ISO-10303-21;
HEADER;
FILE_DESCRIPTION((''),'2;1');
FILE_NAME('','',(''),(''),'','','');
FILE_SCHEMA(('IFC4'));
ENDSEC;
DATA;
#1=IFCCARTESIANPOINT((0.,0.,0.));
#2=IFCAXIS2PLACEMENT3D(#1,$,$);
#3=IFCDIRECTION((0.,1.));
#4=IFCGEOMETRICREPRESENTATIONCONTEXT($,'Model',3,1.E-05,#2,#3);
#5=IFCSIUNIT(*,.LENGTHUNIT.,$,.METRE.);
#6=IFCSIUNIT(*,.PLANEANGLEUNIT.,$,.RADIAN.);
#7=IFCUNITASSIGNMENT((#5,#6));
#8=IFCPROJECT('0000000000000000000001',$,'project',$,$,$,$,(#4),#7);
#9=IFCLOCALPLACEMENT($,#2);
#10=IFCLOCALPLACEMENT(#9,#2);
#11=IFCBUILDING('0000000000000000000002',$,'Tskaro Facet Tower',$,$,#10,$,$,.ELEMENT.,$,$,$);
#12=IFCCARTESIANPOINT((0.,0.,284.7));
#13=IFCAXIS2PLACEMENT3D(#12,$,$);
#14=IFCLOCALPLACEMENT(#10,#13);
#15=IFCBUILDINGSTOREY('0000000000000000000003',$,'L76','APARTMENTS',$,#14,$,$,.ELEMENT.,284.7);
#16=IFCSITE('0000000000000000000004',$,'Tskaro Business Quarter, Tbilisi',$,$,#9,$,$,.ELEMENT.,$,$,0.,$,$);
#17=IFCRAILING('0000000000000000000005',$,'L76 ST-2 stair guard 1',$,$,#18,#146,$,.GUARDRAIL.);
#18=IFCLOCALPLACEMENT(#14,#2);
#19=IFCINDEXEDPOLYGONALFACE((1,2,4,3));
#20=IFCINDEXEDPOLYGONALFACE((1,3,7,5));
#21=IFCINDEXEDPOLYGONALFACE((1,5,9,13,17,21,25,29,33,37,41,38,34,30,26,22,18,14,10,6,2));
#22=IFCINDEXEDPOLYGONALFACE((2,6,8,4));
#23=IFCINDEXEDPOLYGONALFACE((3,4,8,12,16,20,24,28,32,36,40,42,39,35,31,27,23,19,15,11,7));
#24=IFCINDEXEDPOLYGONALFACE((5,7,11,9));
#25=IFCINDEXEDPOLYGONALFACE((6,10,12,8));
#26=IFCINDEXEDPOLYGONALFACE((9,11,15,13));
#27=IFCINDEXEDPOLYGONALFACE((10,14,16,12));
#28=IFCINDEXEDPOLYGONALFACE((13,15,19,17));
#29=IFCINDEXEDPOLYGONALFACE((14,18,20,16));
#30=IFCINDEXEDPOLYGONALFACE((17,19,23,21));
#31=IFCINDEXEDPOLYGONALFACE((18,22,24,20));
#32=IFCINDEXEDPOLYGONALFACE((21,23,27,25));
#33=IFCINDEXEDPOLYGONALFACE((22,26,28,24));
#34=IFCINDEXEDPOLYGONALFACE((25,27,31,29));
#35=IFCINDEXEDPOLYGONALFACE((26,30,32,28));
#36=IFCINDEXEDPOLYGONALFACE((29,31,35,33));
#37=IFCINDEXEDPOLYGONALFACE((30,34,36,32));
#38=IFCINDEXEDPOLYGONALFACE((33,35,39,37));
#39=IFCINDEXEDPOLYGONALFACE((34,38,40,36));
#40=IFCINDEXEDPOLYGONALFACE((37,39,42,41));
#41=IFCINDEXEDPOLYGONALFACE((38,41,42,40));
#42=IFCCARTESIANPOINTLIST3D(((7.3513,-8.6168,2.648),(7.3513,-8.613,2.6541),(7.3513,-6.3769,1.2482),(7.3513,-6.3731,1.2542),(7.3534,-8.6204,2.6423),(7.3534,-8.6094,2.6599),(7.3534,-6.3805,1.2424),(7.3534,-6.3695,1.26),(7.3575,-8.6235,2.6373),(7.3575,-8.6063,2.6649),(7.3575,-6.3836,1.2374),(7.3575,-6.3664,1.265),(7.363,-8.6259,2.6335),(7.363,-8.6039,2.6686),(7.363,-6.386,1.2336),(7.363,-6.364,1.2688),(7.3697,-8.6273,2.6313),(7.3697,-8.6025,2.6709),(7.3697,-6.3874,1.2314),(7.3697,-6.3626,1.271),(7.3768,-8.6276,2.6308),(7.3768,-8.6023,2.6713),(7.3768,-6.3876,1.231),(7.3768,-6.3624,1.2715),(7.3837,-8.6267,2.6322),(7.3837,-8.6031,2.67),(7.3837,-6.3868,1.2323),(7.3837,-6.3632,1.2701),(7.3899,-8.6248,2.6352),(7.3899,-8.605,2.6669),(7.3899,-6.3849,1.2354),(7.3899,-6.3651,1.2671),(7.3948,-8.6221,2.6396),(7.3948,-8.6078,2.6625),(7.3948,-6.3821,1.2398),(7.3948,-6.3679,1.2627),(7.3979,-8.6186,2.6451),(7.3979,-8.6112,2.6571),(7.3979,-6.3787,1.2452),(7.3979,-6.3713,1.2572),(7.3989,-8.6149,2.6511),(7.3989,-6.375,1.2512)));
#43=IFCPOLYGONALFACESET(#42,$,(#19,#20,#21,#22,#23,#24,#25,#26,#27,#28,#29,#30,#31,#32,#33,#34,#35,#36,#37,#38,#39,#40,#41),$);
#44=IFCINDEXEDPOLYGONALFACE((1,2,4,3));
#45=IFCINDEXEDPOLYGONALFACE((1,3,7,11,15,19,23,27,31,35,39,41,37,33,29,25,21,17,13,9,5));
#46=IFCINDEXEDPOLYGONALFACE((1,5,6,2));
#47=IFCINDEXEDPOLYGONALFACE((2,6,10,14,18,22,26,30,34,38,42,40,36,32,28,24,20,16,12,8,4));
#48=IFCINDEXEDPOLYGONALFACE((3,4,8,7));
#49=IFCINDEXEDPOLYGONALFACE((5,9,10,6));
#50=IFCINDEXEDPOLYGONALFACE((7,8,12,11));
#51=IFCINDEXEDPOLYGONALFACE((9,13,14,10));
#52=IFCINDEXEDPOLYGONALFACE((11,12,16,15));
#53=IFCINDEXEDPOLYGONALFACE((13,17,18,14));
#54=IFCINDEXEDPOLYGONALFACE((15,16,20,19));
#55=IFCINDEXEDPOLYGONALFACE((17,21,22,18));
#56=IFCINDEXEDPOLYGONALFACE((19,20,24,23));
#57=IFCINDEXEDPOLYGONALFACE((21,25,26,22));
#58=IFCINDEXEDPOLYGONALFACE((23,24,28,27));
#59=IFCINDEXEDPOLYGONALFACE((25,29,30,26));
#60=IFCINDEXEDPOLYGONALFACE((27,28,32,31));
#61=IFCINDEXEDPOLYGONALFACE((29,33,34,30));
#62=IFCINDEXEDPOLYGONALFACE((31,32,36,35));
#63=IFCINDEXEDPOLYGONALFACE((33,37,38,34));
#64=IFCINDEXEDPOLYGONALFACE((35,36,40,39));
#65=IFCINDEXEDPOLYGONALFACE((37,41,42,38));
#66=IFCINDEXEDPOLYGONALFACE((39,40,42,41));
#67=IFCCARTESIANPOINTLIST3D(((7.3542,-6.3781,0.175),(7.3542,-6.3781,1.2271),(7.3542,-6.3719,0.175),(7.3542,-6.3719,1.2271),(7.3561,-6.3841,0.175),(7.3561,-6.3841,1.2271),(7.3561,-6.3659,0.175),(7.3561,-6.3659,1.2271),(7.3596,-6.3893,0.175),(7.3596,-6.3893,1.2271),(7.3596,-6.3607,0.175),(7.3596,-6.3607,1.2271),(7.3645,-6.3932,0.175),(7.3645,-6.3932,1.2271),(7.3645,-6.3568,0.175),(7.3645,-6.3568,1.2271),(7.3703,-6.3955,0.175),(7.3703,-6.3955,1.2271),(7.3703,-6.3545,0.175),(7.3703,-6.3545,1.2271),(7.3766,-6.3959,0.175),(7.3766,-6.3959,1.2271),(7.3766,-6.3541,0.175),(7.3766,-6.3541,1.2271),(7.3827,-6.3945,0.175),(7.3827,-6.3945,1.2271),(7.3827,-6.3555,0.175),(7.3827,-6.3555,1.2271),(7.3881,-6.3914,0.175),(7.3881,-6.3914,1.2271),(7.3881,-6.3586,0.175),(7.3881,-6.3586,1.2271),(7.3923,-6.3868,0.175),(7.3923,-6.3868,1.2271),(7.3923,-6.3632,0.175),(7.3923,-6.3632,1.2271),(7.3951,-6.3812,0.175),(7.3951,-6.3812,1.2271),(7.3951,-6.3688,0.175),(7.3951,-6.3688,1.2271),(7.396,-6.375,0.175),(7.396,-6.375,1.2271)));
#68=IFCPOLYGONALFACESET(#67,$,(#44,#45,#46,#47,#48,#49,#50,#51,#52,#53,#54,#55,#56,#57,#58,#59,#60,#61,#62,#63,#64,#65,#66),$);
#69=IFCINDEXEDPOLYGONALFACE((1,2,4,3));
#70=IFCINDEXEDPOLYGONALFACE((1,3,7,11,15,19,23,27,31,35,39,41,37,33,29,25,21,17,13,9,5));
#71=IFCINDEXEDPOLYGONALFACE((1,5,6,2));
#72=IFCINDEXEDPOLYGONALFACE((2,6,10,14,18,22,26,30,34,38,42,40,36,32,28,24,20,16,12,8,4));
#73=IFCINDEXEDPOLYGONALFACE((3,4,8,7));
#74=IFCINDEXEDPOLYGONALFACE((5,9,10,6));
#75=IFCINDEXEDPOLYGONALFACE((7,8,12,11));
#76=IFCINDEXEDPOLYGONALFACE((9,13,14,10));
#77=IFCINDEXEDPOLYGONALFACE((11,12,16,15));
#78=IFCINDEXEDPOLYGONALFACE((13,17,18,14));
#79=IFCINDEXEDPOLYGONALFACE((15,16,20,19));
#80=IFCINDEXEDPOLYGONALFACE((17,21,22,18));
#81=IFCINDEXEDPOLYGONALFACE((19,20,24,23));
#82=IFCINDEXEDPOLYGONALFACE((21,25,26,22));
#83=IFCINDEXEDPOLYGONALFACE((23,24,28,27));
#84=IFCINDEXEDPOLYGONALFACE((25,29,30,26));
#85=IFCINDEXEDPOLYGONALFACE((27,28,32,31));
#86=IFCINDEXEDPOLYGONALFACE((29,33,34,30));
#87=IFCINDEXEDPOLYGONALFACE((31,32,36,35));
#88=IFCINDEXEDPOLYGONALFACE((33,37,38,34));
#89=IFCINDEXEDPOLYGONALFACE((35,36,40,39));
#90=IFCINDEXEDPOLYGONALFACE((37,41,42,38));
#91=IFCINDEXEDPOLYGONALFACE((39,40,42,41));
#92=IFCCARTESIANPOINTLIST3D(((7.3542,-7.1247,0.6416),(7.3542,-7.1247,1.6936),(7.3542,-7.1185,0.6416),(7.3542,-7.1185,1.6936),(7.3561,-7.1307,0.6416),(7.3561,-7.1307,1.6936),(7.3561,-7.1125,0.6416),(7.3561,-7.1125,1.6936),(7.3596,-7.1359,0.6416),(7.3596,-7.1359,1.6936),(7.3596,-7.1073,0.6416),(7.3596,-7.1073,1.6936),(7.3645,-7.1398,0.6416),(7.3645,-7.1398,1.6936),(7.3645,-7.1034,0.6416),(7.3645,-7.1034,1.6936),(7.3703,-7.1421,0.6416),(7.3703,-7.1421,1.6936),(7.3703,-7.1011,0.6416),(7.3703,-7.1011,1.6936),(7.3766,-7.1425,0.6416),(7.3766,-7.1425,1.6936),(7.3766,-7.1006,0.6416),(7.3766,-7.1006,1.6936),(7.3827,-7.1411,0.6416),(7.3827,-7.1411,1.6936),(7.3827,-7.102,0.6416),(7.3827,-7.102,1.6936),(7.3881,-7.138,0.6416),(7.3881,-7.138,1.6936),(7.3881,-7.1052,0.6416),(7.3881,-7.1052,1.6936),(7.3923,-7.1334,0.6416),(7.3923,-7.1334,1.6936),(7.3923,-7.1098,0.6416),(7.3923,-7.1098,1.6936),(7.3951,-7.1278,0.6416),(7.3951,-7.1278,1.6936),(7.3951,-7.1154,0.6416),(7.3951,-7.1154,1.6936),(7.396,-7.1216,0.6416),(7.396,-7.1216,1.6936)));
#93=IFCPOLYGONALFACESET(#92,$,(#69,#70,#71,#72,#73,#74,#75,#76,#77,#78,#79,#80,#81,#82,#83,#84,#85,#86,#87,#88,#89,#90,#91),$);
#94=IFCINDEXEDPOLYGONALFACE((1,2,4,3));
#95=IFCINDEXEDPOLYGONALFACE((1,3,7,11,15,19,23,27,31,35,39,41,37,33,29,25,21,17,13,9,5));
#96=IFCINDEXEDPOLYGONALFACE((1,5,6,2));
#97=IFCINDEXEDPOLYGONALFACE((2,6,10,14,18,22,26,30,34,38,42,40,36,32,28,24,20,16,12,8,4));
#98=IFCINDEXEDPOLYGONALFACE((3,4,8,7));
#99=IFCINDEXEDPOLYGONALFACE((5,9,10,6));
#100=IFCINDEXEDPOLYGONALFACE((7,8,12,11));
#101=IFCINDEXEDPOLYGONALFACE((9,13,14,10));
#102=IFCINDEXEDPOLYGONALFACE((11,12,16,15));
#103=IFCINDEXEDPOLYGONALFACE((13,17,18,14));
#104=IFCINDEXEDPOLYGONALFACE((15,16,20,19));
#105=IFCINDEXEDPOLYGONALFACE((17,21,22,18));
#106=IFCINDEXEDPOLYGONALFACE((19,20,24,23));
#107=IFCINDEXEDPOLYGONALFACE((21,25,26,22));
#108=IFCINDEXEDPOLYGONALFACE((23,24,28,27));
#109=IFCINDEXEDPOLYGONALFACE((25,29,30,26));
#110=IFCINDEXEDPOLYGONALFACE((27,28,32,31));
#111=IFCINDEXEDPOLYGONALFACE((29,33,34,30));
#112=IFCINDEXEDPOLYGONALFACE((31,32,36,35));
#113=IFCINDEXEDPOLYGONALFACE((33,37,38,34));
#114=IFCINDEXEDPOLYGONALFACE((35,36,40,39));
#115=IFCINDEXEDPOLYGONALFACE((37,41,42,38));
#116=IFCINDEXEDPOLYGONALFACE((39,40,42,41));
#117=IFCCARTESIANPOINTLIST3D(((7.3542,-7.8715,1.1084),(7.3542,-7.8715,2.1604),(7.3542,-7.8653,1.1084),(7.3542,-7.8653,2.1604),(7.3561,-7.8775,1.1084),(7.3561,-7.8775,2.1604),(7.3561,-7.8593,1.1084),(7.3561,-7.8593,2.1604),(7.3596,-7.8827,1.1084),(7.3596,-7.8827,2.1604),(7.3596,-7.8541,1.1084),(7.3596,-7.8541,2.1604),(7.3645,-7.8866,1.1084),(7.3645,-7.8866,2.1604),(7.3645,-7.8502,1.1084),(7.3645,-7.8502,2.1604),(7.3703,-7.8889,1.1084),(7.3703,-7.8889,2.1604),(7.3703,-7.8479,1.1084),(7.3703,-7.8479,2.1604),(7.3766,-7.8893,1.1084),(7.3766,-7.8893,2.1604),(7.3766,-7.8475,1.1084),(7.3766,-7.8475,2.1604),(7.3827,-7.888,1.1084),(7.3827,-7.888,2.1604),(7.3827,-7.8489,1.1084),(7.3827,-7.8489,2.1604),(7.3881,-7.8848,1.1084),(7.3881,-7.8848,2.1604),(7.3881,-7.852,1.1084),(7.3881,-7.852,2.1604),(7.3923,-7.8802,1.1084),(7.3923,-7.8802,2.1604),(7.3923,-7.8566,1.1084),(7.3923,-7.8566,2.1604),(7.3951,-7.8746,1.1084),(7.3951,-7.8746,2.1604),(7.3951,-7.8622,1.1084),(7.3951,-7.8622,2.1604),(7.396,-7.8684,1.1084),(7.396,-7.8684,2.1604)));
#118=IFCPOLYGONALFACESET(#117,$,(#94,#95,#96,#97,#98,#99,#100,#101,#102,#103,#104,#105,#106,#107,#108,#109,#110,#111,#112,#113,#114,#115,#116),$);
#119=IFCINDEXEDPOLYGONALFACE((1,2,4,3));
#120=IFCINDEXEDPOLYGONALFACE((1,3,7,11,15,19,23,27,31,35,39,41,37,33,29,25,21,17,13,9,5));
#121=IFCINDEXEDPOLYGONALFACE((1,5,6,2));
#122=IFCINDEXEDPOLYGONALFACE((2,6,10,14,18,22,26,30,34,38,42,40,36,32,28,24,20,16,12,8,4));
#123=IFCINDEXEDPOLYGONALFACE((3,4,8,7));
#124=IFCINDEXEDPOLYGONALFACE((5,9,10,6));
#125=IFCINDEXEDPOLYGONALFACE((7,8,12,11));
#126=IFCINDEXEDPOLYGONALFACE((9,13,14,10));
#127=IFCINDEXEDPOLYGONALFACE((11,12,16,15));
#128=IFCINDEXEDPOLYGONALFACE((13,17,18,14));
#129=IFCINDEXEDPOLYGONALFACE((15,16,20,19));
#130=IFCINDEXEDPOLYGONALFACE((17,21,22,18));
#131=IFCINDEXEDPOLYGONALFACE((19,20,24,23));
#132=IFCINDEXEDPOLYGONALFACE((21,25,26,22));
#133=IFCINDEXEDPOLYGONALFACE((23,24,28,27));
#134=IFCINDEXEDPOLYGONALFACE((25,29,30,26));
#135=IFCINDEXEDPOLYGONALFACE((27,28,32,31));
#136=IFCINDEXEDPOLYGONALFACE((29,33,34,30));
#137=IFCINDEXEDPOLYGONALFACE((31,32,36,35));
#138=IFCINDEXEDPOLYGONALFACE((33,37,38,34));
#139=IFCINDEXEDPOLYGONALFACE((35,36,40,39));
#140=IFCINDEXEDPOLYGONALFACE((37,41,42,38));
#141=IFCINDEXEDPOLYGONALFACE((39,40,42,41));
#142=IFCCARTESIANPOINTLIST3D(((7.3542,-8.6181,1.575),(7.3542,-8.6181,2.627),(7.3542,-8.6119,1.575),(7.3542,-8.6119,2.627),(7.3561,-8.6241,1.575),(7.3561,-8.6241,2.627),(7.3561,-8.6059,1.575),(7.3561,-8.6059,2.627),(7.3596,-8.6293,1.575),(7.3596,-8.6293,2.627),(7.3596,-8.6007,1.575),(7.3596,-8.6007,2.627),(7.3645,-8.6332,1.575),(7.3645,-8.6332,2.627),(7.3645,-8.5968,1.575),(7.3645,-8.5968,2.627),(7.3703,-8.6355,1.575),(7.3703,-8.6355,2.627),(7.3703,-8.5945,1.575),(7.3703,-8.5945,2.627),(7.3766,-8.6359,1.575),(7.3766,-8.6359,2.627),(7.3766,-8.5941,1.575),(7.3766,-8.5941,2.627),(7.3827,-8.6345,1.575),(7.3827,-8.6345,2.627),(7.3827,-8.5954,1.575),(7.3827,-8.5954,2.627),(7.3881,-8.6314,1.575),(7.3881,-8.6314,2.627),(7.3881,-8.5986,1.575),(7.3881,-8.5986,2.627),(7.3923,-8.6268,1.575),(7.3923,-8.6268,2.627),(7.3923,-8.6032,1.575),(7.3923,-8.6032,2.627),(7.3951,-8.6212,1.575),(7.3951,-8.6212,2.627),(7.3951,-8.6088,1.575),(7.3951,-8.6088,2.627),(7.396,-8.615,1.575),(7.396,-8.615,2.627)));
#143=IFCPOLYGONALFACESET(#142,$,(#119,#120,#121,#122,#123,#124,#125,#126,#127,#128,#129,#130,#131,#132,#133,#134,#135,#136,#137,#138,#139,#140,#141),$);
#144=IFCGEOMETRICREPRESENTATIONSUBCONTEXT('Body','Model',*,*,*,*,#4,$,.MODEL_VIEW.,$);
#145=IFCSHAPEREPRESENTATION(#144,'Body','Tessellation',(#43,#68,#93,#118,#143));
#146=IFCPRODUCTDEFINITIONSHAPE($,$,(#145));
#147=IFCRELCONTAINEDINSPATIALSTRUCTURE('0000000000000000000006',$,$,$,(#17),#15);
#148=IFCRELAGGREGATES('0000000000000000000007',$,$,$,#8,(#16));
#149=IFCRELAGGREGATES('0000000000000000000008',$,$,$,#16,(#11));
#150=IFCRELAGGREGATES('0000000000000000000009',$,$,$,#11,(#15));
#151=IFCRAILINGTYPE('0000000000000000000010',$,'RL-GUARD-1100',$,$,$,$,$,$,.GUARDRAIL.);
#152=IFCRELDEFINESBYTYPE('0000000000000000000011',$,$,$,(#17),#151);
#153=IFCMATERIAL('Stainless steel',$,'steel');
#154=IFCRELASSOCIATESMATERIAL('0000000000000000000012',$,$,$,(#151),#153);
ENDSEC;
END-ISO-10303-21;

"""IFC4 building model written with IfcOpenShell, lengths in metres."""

from ifc_helpers import new_model, si_unit, direction, frame, origin, origin_2d, place, context, subcontext, project, spatial, circle, extrude, material, type_object, element, save


model = new_model("IFC4")

# Units and contexts
model_context = context("Model", 3, precision=1e-05, world=origin(), true_north=direction((0.0, 1.0)))
body_context = subcontext(model_context, "Body", "Model", "MODEL_VIEW")
ifc_project = project(units=[si_unit("LENGTHUNIT", "METRE"), si_unit("PLANEANGLEUNIT", "RADIAN")], contexts=[model_context])

# Site, building, storey
site_placement = place(None, origin())
site = spatial("IfcSite", under=ifc_project, at=site_placement, Name="Tskaro Business Quarter, Tbilisi", CompositionType="ELEMENT", RefElevation=0.0)
building_placement = place(site_placement, origin())
building = spatial("IfcBuilding", under=site, at=building_placement, Name="Tskaro Facet Tower", CompositionType="ELEMENT")
storey_placement = place(building_placement, frame((0.0, 0.0, 284.7)))
storey = spatial("IfcBuildingStorey", under=building, at=storey_placement, Name="L76", Description="APARTMENTS", CompositionType="ELEMENT", Elevation=284.7)

# Railing
ifc_material_1 = material(Name="Stainless steel", Category="steel")
railing_type_1 = type_object("IfcRailingType", Name="RL-GUARD-1100", PredefinedType="GUARDRAIL", material=ifc_material_1)
railing_1_placement = place(storey_placement, frame((7.375, -6.375, 0.175)))
element("IfcRailing", 1, at=railing_1_placement, inside=storey, type_object=railing_type_1, Name="L76 ST-2 stair guard 1", PredefinedType="GUARDRAIL", context=body_context, shape_type="SweptSolid", body=[
    extrude(circle(Radius=0.0239, at=origin_2d()), frame((0.0, 0.0, 1.0762), z_axis=(0.0, -0.848014, 0.529974), x_axis=(1.0, 0.0, 0.0)), (0.0, 0.0, 1.0), 2.6414),
    extrude(circle(Radius=0.021, at=origin_2d()), origin(), (0.0, 0.0, 1.0), 1.052),
    extrude(circle(Radius=0.021, at=origin_2d()), frame((0.0, -0.7466, 0.4666)), (0.0, 0.0, 1.0), 1.052),
    extrude(circle(Radius=0.021, at=origin_2d()), frame((0.0, -1.4934, 0.9333)), (0.0, 0.0, 1.0), 1.052),
    extrude(circle(Radius=0.021, at=origin_2d()), frame((0.0, -2.24, 1.3999)), (0.0, 0.0, 1.0), 1.052),
])

save(model, "model.ifc")
